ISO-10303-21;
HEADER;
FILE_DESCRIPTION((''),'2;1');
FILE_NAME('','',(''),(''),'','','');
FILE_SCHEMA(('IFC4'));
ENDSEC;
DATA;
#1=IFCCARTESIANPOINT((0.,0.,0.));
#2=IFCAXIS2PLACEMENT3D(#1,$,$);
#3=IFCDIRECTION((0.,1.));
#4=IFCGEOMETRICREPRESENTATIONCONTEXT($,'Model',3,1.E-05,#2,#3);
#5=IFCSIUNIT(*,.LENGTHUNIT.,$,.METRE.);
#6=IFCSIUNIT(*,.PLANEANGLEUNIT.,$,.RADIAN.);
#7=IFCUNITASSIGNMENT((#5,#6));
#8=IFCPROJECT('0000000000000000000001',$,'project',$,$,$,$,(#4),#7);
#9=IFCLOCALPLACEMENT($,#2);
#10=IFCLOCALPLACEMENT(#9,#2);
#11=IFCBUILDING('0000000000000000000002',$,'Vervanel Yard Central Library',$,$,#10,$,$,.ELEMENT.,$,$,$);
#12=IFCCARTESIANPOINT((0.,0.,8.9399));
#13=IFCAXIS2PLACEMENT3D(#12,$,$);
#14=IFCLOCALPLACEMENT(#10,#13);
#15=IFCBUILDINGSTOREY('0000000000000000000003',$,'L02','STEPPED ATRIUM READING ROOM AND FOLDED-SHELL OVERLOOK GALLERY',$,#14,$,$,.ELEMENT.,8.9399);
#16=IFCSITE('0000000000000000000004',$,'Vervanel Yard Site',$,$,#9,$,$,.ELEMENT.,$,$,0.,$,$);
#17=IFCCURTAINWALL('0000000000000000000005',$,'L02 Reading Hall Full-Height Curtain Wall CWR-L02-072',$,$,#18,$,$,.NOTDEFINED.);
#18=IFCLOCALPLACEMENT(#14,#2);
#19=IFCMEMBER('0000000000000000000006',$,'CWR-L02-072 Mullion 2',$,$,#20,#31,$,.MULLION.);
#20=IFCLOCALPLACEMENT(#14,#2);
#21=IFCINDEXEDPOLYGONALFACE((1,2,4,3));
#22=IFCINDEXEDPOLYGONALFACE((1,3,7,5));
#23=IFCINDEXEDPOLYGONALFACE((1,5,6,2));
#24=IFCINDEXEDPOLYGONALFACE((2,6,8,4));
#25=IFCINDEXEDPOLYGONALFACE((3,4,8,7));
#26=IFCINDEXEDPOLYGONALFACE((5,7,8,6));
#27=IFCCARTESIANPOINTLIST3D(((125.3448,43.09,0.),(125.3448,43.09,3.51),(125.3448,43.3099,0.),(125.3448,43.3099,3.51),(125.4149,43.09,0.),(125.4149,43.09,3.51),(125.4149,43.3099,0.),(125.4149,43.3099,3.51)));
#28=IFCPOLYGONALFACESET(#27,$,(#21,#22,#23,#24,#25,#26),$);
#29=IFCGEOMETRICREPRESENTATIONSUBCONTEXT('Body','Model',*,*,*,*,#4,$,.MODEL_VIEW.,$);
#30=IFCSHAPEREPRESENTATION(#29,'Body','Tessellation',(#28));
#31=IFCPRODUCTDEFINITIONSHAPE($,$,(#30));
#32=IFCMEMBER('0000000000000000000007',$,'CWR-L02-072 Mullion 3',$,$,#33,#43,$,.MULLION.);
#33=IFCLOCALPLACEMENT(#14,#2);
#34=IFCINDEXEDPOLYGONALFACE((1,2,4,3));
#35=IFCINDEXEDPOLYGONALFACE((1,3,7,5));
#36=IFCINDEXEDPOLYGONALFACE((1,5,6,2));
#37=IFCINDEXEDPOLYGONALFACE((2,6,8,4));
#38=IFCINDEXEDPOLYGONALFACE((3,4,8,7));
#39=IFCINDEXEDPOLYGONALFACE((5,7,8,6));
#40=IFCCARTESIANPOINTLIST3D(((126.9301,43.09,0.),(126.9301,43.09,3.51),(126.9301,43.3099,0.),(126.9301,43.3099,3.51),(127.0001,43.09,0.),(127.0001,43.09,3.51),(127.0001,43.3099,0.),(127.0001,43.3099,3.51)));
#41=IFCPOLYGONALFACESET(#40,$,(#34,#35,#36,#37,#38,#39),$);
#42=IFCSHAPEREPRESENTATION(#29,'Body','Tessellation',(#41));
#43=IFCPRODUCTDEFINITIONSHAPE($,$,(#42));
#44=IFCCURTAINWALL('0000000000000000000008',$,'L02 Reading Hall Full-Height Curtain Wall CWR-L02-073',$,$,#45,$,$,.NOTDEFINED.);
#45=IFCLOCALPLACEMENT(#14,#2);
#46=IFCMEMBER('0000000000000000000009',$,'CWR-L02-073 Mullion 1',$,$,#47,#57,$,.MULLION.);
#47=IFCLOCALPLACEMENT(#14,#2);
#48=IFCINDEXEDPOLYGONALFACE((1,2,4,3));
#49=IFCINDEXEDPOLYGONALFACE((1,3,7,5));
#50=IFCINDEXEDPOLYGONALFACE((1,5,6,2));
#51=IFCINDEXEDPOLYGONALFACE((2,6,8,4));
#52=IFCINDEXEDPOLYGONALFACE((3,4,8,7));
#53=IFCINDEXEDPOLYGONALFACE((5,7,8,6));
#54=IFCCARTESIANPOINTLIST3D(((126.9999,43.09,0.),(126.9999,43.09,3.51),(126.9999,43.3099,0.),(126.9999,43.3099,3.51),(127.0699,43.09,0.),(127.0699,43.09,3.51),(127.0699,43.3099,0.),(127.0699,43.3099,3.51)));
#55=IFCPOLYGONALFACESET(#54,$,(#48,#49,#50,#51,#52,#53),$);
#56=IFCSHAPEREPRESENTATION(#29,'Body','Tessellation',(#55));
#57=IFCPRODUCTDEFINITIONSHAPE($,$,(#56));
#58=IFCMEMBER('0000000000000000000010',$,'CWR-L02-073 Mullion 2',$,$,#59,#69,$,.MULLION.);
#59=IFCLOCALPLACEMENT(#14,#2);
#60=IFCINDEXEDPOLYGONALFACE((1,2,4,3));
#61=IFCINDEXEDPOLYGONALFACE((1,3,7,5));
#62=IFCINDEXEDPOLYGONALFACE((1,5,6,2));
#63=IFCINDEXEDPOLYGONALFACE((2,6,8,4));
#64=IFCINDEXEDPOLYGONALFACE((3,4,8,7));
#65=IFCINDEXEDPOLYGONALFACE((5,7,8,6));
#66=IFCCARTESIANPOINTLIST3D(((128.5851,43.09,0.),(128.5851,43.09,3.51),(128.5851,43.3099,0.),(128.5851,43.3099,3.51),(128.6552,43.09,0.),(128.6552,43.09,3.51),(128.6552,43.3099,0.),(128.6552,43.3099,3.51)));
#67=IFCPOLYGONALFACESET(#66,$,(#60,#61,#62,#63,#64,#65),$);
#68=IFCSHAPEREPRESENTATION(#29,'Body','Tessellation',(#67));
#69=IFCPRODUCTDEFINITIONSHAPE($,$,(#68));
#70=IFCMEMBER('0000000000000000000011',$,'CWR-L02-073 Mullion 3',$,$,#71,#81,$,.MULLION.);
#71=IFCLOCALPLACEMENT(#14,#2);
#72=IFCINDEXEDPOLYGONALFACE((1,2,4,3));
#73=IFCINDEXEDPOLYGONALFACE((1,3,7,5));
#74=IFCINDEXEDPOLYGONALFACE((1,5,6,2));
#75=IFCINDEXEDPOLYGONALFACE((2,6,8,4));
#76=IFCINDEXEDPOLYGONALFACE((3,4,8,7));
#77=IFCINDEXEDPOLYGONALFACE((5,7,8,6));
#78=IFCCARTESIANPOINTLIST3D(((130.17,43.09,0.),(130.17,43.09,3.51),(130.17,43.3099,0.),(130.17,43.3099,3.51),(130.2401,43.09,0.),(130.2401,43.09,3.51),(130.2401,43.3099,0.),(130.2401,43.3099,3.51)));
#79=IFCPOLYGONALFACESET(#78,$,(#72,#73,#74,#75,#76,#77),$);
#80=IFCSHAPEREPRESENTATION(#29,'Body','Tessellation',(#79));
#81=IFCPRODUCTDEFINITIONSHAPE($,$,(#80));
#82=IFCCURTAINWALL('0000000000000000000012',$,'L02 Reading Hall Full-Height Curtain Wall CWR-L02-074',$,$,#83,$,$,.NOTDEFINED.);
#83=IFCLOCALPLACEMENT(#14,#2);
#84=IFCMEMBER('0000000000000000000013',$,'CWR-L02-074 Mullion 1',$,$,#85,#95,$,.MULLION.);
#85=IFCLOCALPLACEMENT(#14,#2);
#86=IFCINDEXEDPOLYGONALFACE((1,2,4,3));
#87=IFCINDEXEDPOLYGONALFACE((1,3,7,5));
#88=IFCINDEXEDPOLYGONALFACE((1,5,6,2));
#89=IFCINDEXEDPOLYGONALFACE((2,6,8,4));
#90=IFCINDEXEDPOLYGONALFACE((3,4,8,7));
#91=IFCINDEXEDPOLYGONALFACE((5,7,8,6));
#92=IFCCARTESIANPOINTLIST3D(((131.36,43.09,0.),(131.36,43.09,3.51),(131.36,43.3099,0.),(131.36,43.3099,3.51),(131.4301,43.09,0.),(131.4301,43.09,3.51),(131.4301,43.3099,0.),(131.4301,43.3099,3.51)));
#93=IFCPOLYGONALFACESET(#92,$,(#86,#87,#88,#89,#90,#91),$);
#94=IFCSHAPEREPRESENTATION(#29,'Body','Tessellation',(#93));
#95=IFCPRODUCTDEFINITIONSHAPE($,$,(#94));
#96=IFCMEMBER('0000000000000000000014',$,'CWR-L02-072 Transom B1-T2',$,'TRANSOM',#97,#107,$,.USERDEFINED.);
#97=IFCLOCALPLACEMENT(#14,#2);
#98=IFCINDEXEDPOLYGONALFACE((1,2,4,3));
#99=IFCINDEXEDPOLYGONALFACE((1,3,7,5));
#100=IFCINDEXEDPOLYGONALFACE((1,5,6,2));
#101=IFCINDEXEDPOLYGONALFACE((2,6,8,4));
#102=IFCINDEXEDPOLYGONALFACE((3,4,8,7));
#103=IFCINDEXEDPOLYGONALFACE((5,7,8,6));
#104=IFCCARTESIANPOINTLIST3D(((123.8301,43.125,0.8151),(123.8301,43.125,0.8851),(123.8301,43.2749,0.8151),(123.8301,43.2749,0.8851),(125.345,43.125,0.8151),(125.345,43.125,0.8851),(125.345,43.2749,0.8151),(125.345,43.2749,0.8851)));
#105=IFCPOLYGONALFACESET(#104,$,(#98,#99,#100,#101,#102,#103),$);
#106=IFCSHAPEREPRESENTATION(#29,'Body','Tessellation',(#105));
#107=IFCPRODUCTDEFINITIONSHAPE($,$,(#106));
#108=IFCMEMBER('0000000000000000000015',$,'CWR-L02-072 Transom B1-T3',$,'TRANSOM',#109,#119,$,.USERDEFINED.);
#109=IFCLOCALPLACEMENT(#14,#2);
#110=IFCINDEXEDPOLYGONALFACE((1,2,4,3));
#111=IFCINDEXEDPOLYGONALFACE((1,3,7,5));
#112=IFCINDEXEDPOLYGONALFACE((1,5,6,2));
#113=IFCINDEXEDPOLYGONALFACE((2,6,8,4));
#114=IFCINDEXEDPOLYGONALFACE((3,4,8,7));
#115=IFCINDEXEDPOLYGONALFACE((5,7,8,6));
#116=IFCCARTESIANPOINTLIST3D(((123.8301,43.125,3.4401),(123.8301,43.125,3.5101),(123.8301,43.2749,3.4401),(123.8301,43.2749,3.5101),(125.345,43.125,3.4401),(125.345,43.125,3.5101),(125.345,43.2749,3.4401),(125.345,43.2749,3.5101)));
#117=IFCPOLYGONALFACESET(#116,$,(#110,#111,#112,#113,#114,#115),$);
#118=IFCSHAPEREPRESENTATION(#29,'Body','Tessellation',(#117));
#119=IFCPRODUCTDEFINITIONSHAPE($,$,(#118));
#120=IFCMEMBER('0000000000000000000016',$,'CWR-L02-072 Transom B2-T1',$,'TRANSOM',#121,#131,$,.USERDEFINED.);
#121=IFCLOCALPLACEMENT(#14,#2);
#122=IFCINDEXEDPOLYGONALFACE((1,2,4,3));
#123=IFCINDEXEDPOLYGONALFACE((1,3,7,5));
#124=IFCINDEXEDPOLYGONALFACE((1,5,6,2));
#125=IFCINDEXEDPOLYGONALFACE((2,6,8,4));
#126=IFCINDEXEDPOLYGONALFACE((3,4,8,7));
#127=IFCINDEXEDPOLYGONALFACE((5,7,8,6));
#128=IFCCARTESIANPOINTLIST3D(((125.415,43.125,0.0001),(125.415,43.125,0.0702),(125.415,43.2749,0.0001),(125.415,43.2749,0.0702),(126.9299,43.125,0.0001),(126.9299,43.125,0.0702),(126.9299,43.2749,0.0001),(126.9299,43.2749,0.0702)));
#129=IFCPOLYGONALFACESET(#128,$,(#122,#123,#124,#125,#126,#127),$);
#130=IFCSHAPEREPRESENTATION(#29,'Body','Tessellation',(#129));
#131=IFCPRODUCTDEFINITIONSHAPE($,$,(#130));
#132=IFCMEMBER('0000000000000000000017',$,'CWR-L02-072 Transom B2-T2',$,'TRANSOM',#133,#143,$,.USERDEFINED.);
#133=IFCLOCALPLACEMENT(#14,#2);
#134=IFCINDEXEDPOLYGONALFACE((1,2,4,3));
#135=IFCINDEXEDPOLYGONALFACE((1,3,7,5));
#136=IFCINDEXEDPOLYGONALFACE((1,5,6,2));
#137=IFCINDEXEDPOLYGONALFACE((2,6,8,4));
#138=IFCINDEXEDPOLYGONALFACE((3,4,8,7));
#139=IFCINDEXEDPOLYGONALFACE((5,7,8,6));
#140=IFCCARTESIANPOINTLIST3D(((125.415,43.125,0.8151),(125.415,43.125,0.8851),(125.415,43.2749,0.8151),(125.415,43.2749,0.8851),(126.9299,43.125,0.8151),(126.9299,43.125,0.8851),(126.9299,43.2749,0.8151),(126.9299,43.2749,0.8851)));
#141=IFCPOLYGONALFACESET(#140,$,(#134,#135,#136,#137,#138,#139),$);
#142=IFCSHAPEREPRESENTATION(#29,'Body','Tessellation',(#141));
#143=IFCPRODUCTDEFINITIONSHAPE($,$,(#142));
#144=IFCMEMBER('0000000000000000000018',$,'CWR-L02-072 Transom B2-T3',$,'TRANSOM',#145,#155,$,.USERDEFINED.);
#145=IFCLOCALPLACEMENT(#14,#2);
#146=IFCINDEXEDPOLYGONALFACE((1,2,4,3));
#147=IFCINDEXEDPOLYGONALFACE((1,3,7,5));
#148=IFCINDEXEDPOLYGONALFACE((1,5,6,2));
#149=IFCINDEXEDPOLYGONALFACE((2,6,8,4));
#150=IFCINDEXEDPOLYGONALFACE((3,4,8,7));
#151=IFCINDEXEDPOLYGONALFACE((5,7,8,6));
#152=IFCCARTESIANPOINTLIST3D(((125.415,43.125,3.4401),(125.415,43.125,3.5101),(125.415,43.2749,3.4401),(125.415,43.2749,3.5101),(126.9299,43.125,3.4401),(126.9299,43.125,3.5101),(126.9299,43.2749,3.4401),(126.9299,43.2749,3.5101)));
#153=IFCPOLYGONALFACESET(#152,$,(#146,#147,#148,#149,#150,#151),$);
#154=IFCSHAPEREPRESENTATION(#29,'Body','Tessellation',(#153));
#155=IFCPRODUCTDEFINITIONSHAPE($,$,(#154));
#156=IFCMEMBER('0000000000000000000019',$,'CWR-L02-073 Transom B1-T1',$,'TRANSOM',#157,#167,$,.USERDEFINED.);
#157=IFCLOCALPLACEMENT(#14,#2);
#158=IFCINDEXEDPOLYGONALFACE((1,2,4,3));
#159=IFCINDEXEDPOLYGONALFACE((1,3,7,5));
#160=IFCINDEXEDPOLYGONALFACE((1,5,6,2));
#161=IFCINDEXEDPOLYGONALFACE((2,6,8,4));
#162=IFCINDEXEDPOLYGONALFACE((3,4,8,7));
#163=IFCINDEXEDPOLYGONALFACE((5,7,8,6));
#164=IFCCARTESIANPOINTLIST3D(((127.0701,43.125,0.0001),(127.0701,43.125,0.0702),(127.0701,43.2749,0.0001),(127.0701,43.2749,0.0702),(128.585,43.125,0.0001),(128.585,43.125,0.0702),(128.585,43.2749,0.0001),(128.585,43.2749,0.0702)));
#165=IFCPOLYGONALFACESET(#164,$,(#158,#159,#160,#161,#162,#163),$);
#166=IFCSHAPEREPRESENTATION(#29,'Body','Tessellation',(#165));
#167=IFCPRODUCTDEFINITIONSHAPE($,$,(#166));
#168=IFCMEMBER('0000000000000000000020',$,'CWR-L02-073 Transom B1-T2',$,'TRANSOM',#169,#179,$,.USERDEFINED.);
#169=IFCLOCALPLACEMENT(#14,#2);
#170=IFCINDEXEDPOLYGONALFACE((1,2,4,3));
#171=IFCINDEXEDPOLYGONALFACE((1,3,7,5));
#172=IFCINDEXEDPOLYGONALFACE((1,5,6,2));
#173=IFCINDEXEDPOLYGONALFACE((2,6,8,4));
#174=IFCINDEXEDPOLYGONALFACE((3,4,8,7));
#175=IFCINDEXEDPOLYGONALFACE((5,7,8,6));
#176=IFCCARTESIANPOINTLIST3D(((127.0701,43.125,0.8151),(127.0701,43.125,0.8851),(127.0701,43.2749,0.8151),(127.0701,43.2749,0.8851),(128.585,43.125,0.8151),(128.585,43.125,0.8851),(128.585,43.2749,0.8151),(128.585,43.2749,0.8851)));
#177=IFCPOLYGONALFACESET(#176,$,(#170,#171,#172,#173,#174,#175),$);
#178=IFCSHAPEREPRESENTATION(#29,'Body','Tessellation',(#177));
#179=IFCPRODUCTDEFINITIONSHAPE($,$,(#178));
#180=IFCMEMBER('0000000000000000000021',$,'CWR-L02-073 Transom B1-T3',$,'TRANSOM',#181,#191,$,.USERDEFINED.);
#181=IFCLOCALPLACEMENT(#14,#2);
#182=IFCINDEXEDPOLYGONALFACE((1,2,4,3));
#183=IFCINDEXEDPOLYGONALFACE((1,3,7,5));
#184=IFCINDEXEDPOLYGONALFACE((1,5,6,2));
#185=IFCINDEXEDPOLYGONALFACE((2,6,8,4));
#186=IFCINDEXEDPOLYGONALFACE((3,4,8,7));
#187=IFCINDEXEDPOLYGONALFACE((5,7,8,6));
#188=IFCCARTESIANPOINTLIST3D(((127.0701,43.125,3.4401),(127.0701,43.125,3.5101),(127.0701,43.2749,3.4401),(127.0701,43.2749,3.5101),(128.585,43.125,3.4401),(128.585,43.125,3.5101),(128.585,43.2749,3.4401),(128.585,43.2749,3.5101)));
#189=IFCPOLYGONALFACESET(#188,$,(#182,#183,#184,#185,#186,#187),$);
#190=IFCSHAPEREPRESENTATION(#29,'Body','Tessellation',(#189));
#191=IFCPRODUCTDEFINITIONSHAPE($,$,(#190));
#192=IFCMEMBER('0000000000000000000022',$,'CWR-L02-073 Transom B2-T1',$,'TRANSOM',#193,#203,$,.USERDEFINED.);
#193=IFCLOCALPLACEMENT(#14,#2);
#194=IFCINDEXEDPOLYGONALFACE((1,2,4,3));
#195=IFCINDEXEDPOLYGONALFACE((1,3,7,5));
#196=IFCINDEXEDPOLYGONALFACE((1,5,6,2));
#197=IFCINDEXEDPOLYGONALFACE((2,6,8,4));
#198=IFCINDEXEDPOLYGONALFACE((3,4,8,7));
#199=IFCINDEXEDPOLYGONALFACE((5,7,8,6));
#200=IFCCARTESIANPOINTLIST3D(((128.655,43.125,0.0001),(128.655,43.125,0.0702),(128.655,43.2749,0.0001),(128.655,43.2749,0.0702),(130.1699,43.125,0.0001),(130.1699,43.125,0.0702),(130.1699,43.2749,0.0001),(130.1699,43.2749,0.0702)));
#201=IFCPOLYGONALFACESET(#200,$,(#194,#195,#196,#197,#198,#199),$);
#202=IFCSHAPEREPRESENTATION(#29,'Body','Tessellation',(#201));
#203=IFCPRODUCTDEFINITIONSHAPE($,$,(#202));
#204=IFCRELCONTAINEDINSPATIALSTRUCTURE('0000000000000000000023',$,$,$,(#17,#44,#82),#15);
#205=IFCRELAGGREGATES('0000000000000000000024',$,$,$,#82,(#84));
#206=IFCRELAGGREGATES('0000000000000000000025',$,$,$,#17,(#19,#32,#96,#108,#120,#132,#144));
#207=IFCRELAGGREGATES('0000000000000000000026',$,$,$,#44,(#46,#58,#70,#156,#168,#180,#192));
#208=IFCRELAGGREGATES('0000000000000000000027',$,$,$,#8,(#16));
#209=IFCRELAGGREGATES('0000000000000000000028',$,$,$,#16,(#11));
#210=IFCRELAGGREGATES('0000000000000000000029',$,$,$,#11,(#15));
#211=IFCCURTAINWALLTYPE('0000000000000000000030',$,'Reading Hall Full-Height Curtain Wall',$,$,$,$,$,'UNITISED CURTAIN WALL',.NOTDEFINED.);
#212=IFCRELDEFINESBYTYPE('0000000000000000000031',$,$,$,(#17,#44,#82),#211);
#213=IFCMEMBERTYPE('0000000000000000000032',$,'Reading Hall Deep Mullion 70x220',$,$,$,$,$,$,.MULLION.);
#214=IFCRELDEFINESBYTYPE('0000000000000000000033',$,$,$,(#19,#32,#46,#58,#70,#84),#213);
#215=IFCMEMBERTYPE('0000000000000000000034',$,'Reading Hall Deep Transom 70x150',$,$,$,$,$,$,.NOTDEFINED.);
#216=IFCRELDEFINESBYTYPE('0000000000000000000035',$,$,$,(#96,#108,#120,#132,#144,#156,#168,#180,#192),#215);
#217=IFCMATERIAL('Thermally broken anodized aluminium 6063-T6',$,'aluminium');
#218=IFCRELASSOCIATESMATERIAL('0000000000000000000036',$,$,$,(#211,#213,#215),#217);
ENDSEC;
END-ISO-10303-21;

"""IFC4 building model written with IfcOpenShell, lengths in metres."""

from ifc_helpers import new_model, si_unit, direction, frame, origin, origin_2d, place, context, subcontext, project, spatial, rectangle, extrude, material, material_profile, profile_set, type_object, element, aggregate, save


model = new_model("IFC4")

# Units and contexts
model_context = context("Model", 3, precision=1e-05, world=origin(), true_north=direction((0.0, 1.0)))
body_context = subcontext(model_context, "Body", "Model", "MODEL_VIEW")
ifc_project = project(units=[si_unit("LENGTHUNIT", "METRE"), si_unit("PLANEANGLEUNIT", "RADIAN")], contexts=[model_context])

# Site, building, storey
site_placement = place(None, origin())
site = spatial("IfcSite", under=ifc_project, at=site_placement, Name="Vervanel Yard Site", CompositionType="ELEMENT", RefElevation=0.0)
building_placement = place(site_placement, origin())
building = spatial("IfcBuilding", under=site, at=building_placement, Name="Vervanel Yard Central Library", CompositionType="ELEMENT")
storey_placement = place(building_placement, frame((0.0, 0.0, 8.9399)))
storey = spatial("IfcBuildingStorey", under=building, at=storey_placement, Name="L02", Description="STEPPED ATRIUM READING ROOM AND FOLDED-SHELL OVERLOOK GALLERY", CompositionType="ELEMENT", Elevation=8.9399)

# Curtain walls, members
ifc_material_1 = material(Name="Thermally broken anodized aluminium 6063-T6", Category="aluminium")
curtain_wall_type = type_object("IfcCurtainWallType", Name="Reading Hall Full-Height Curtain Wall", ElementType="UNITISED CURTAIN WALL", PredefinedType="NOTDEFINED", material=ifc_material_1)
curtain_wall_1_placement = place(storey_placement, origin())
curtain_wall_1 = element("IfcCurtainWall", 1, at=curtain_wall_1_placement, inside=storey, type_object=curtain_wall_type, Name="L02 Reading Hall Full-Height Curtain Wall CWR-L02-072", PredefinedType="NOTDEFINED")
ifc_material_profile_1 = material_profile(ifc_material_1, rectangle(XDim=0.0701, YDim=0.22, at=origin_2d()), Name="ALU 70x220", Category="aluminium")
ifc_profile_set_1 = profile_set([ifc_material_profile_1], Name="Thermally broken anodized aluminium 6063-T6")
member_type_1 = type_object("IfcMemberType", Name="Reading Hall Deep Mullion 70x220", PredefinedType="MULLION", material=ifc_profile_set_1)
member_1_placement = place(storey_placement, frame((125.3799, 43.2, 0.0), z_axis=(0.0, 0.0, 1.0), x_axis=(1.0, 0.0, 0.0)))
member_1 = element("IfcMember", 2, at=member_1_placement, type_object=member_type_1, Name="CWR-L02-072 Mullion 2", PredefinedType="MULLION", context=body_context, shape_type="SweptSolid", body=[
    extrude(rectangle(XDim=0.0701, YDim=0.22, at=origin_2d()), origin(), (0.0, 0.0, 1.0), 3.51),
])
member_2_placement = place(storey_placement, frame((126.9651, 43.2, 0.0), z_axis=(0.0, 0.0, 1.0), x_axis=(1.0, 0.0, 0.0)))
member_2 = element("IfcMember", 3, at=member_2_placement, type_object=member_type_1, Name="CWR-L02-072 Mullion 3", PredefinedType="MULLION", context=body_context, shape_type="SweptSolid", body=[
    extrude(rectangle(XDim=0.0701, YDim=0.22, at=origin_2d()), origin(), (0.0, 0.0, 1.0), 3.51),
])
curtain_wall_2_placement = place(storey_placement, origin())
curtain_wall_2 = element("IfcCurtainWall", 4, at=curtain_wall_2_placement, inside=storey, type_object=curtain_wall_type, Name="L02 Reading Hall Full-Height Curtain Wall CWR-L02-073", PredefinedType="NOTDEFINED")
member_3_placement = place(storey_placement, frame((127.0349, 43.2, 0.0), z_axis=(0.0, 0.0, 1.0), x_axis=(1.0, 0.0, 0.0)))
member_3 = element("IfcMember", 5, at=member_3_placement, type_object=member_type_1, Name="CWR-L02-073 Mullion 1", PredefinedType="MULLION", context=body_context, shape_type="SweptSolid", body=[
    extrude(rectangle(XDim=0.0701, YDim=0.22, at=origin_2d()), origin(), (0.0, 0.0, 1.0), 3.51),
])
member_4_placement = place(storey_placement, frame((128.6201, 43.2, 0.0), z_axis=(0.0, 0.0, 1.0), x_axis=(1.0, 0.0, 0.0)))
member_4 = element("IfcMember", 6, at=member_4_placement, type_object=member_type_1, Name="CWR-L02-073 Mullion 2", PredefinedType="MULLION", context=body_context, shape_type="SweptSolid", body=[
    extrude(rectangle(XDim=0.0701, YDim=0.22, at=origin_2d()), origin(), (0.0, 0.0, 1.0), 3.51),
])
member_5_placement = place(storey_placement, frame((130.2051, 43.2, 0.0), z_axis=(0.0, 0.0, 1.0), x_axis=(1.0, 0.0, 0.0)))
member_5 = element("IfcMember", 7, at=member_5_placement, type_object=member_type_1, Name="CWR-L02-073 Mullion 3", PredefinedType="MULLION", context=body_context, shape_type="SweptSolid", body=[
    extrude(rectangle(XDim=0.0701, YDim=0.22, at=origin_2d()), origin(), (0.0, 0.0, 1.0), 3.51),
])

# Curtain wall, member
curtain_wall_3_placement = place(storey_placement, origin())
curtain_wall_3 = element("IfcCurtainWall", 8, at=curtain_wall_3_placement, inside=storey, type_object=curtain_wall_type, Name="L02 Reading Hall Full-Height Curtain Wall CWR-L02-074", PredefinedType="NOTDEFINED")
member_6_placement = place(storey_placement, frame((131.395, 43.2, 0.0), z_axis=(0.0, 0.0, 1.0), x_axis=(1.0, 0.0, 0.0)))
member_6 = element("IfcMember", 9, at=member_6_placement, type_object=member_type_1, Name="CWR-L02-074 Mullion 1", PredefinedType="MULLION", context=body_context, shape_type="SweptSolid", body=[
    extrude(rectangle(XDim=0.0701, YDim=0.22, at=origin_2d()), origin(), (0.0, 0.0, 1.0), 3.51),
])

# Members
ifc_material_profile_2 = material_profile(ifc_material_1, rectangle(XDim=0.0701, YDim=0.1499, at=origin_2d()), Name="ALU 70x150", Category="aluminium")
ifc_profile_set_2 = profile_set([ifc_material_profile_2], Name="Thermally broken anodized aluminium 6063-T6")
member_type_2 = type_object("IfcMemberType", Name="Reading Hall Deep Transom 70x150", PredefinedType="NOTDEFINED", material=ifc_profile_set_2)
member_7_placement = place(storey_placement, frame((123.8301, 43.2, 0.8501), z_axis=(1.0, 0.0, 0.0), x_axis=(0.0, 0.0, 1.0)))
member_7 = element("IfcMember", 10, at=member_7_placement, type_object=member_type_2, Name="CWR-L02-072 Transom B1-T2", ObjectType="TRANSOM", PredefinedType="USERDEFINED", context=body_context, shape_type="SweptSolid", body=[
    extrude(rectangle(XDim=0.0701, YDim=0.1499, at=origin_2d()), origin(), (0.0, 0.0, 1.0), 1.5149),
])
member_8_placement = place(storey_placement, frame((123.8301, 43.2, 3.4751), z_axis=(1.0, 0.0, 0.0), x_axis=(0.0, 0.0, 1.0)))
member_8 = element("IfcMember", 11, at=member_8_placement, type_object=member_type_2, Name="CWR-L02-072 Transom B1-T3", ObjectType="TRANSOM", PredefinedType="USERDEFINED", context=body_context, shape_type="SweptSolid", body=[
    extrude(rectangle(XDim=0.0701, YDim=0.1499, at=origin_2d()), origin(), (0.0, 0.0, 1.0), 1.5149),
])
member_9_placement = place(storey_placement, frame((125.415, 43.2, 0.0352), z_axis=(1.0, 0.0, 0.0), x_axis=(0.0, 0.0, 1.0)))
member_9 = element("IfcMember", 12, at=member_9_placement, type_object=member_type_2, Name="CWR-L02-072 Transom B2-T1", ObjectType="TRANSOM", PredefinedType="USERDEFINED", context=body_context, shape_type="SweptSolid", body=[
    extrude(rectangle(XDim=0.0701, YDim=0.1499, at=origin_2d()), origin(), (0.0, 0.0, 1.0), 1.5149),
])
member_10_placement = place(storey_placement, frame((125.415, 43.2, 0.8501), z_axis=(1.0, 0.0, 0.0), x_axis=(0.0, 0.0, 1.0)))
member_10 = element("IfcMember", 13, at=member_10_placement, type_object=member_type_2, Name="CWR-L02-072 Transom B2-T2", ObjectType="TRANSOM", PredefinedType="USERDEFINED", context=body_context, shape_type="SweptSolid", body=[
    extrude(rectangle(XDim=0.0701, YDim=0.1499, at=origin_2d()), origin(), (0.0, 0.0, 1.0), 1.5149),
])
member_11_placement = place(storey_placement, frame((125.415, 43.2, 3.4751), z_axis=(1.0, 0.0, 0.0), x_axis=(0.0, 0.0, 1.0)))
member_11 = element("IfcMember", 14, at=member_11_placement, type_object=member_type_2, Name="CWR-L02-072 Transom B2-T3", ObjectType="TRANSOM", PredefinedType="USERDEFINED", context=body_context, shape_type="SweptSolid", body=[
    extrude(rectangle(XDim=0.0701, YDim=0.1499, at=origin_2d()), origin(), (0.0, 0.0, 1.0), 1.5149),
])
member_12_placement = place(storey_placement, frame((127.0701, 43.2, 0.0352), z_axis=(1.0, 0.0, 0.0), x_axis=(0.0, 0.0, 1.0)))
member_12 = element("IfcMember", 15, at=member_12_placement, type_object=member_type_2, Name="CWR-L02-073 Transom B1-T1", ObjectType="TRANSOM", PredefinedType="USERDEFINED", context=body_context, shape_type="SweptSolid", body=[
    extrude(rectangle(XDim=0.0701, YDim=0.1499, at=origin_2d()), origin(), (0.0, 0.0, 1.0), 1.5149),
])
member_13_placement = place(storey_placement, frame((127.0701, 43.2, 0.8501), z_axis=(1.0, 0.0, 0.0), x_axis=(0.0, 0.0, 1.0)))
member_13 = element("IfcMember", 16, at=member_13_placement, type_object=member_type_2, Name="CWR-L02-073 Transom B1-T2", ObjectType="TRANSOM", PredefinedType="USERDEFINED", context=body_context, shape_type="SweptSolid", body=[
    extrude(rectangle(XDim=0.0701, YDim=0.1499, at=origin_2d()), origin(), (0.0, 0.0, 1.0), 1.5149),
])
member_14_placement = place(storey_placement, frame((127.0701, 43.2, 3.4751), z_axis=(1.0, 0.0, 0.0), x_axis=(0.0, 0.0, 1.0)))
member_14 = element("IfcMember", 17, at=member_14_placement, type_object=member_type_2, Name="CWR-L02-073 Transom B1-T3", ObjectType="TRANSOM", PredefinedType="USERDEFINED", context=body_context, shape_type="SweptSolid", body=[
    extrude(rectangle(XDim=0.0701, YDim=0.1499, at=origin_2d()), origin(), (0.0, 0.0, 1.0), 1.5149),
])
member_15_placement = place(storey_placement, frame((128.655, 43.2, 0.0352), z_axis=(1.0, 0.0, 0.0), x_axis=(0.0, 0.0, 1.0)))
member_15 = element("IfcMember", 18, at=member_15_placement, type_object=member_type_2, Name="CWR-L02-073 Transom B2-T1", ObjectType="TRANSOM", PredefinedType="USERDEFINED", context=body_context, shape_type="SweptSolid", body=[
    extrude(rectangle(XDim=0.0701, YDim=0.1499, at=origin_2d()), origin(), (0.0, 0.0, 1.0), 1.5149),
])
aggregate(curtain_wall_3, [member_6])

aggregate(curtain_wall_1, [member_1, member_2, member_7, member_8, member_9, member_10, member_11])
aggregate(curtain_wall_2, [member_3, member_4, member_5, member_12, member_13, member_14, member_15])

save(model, "model.ifc")
